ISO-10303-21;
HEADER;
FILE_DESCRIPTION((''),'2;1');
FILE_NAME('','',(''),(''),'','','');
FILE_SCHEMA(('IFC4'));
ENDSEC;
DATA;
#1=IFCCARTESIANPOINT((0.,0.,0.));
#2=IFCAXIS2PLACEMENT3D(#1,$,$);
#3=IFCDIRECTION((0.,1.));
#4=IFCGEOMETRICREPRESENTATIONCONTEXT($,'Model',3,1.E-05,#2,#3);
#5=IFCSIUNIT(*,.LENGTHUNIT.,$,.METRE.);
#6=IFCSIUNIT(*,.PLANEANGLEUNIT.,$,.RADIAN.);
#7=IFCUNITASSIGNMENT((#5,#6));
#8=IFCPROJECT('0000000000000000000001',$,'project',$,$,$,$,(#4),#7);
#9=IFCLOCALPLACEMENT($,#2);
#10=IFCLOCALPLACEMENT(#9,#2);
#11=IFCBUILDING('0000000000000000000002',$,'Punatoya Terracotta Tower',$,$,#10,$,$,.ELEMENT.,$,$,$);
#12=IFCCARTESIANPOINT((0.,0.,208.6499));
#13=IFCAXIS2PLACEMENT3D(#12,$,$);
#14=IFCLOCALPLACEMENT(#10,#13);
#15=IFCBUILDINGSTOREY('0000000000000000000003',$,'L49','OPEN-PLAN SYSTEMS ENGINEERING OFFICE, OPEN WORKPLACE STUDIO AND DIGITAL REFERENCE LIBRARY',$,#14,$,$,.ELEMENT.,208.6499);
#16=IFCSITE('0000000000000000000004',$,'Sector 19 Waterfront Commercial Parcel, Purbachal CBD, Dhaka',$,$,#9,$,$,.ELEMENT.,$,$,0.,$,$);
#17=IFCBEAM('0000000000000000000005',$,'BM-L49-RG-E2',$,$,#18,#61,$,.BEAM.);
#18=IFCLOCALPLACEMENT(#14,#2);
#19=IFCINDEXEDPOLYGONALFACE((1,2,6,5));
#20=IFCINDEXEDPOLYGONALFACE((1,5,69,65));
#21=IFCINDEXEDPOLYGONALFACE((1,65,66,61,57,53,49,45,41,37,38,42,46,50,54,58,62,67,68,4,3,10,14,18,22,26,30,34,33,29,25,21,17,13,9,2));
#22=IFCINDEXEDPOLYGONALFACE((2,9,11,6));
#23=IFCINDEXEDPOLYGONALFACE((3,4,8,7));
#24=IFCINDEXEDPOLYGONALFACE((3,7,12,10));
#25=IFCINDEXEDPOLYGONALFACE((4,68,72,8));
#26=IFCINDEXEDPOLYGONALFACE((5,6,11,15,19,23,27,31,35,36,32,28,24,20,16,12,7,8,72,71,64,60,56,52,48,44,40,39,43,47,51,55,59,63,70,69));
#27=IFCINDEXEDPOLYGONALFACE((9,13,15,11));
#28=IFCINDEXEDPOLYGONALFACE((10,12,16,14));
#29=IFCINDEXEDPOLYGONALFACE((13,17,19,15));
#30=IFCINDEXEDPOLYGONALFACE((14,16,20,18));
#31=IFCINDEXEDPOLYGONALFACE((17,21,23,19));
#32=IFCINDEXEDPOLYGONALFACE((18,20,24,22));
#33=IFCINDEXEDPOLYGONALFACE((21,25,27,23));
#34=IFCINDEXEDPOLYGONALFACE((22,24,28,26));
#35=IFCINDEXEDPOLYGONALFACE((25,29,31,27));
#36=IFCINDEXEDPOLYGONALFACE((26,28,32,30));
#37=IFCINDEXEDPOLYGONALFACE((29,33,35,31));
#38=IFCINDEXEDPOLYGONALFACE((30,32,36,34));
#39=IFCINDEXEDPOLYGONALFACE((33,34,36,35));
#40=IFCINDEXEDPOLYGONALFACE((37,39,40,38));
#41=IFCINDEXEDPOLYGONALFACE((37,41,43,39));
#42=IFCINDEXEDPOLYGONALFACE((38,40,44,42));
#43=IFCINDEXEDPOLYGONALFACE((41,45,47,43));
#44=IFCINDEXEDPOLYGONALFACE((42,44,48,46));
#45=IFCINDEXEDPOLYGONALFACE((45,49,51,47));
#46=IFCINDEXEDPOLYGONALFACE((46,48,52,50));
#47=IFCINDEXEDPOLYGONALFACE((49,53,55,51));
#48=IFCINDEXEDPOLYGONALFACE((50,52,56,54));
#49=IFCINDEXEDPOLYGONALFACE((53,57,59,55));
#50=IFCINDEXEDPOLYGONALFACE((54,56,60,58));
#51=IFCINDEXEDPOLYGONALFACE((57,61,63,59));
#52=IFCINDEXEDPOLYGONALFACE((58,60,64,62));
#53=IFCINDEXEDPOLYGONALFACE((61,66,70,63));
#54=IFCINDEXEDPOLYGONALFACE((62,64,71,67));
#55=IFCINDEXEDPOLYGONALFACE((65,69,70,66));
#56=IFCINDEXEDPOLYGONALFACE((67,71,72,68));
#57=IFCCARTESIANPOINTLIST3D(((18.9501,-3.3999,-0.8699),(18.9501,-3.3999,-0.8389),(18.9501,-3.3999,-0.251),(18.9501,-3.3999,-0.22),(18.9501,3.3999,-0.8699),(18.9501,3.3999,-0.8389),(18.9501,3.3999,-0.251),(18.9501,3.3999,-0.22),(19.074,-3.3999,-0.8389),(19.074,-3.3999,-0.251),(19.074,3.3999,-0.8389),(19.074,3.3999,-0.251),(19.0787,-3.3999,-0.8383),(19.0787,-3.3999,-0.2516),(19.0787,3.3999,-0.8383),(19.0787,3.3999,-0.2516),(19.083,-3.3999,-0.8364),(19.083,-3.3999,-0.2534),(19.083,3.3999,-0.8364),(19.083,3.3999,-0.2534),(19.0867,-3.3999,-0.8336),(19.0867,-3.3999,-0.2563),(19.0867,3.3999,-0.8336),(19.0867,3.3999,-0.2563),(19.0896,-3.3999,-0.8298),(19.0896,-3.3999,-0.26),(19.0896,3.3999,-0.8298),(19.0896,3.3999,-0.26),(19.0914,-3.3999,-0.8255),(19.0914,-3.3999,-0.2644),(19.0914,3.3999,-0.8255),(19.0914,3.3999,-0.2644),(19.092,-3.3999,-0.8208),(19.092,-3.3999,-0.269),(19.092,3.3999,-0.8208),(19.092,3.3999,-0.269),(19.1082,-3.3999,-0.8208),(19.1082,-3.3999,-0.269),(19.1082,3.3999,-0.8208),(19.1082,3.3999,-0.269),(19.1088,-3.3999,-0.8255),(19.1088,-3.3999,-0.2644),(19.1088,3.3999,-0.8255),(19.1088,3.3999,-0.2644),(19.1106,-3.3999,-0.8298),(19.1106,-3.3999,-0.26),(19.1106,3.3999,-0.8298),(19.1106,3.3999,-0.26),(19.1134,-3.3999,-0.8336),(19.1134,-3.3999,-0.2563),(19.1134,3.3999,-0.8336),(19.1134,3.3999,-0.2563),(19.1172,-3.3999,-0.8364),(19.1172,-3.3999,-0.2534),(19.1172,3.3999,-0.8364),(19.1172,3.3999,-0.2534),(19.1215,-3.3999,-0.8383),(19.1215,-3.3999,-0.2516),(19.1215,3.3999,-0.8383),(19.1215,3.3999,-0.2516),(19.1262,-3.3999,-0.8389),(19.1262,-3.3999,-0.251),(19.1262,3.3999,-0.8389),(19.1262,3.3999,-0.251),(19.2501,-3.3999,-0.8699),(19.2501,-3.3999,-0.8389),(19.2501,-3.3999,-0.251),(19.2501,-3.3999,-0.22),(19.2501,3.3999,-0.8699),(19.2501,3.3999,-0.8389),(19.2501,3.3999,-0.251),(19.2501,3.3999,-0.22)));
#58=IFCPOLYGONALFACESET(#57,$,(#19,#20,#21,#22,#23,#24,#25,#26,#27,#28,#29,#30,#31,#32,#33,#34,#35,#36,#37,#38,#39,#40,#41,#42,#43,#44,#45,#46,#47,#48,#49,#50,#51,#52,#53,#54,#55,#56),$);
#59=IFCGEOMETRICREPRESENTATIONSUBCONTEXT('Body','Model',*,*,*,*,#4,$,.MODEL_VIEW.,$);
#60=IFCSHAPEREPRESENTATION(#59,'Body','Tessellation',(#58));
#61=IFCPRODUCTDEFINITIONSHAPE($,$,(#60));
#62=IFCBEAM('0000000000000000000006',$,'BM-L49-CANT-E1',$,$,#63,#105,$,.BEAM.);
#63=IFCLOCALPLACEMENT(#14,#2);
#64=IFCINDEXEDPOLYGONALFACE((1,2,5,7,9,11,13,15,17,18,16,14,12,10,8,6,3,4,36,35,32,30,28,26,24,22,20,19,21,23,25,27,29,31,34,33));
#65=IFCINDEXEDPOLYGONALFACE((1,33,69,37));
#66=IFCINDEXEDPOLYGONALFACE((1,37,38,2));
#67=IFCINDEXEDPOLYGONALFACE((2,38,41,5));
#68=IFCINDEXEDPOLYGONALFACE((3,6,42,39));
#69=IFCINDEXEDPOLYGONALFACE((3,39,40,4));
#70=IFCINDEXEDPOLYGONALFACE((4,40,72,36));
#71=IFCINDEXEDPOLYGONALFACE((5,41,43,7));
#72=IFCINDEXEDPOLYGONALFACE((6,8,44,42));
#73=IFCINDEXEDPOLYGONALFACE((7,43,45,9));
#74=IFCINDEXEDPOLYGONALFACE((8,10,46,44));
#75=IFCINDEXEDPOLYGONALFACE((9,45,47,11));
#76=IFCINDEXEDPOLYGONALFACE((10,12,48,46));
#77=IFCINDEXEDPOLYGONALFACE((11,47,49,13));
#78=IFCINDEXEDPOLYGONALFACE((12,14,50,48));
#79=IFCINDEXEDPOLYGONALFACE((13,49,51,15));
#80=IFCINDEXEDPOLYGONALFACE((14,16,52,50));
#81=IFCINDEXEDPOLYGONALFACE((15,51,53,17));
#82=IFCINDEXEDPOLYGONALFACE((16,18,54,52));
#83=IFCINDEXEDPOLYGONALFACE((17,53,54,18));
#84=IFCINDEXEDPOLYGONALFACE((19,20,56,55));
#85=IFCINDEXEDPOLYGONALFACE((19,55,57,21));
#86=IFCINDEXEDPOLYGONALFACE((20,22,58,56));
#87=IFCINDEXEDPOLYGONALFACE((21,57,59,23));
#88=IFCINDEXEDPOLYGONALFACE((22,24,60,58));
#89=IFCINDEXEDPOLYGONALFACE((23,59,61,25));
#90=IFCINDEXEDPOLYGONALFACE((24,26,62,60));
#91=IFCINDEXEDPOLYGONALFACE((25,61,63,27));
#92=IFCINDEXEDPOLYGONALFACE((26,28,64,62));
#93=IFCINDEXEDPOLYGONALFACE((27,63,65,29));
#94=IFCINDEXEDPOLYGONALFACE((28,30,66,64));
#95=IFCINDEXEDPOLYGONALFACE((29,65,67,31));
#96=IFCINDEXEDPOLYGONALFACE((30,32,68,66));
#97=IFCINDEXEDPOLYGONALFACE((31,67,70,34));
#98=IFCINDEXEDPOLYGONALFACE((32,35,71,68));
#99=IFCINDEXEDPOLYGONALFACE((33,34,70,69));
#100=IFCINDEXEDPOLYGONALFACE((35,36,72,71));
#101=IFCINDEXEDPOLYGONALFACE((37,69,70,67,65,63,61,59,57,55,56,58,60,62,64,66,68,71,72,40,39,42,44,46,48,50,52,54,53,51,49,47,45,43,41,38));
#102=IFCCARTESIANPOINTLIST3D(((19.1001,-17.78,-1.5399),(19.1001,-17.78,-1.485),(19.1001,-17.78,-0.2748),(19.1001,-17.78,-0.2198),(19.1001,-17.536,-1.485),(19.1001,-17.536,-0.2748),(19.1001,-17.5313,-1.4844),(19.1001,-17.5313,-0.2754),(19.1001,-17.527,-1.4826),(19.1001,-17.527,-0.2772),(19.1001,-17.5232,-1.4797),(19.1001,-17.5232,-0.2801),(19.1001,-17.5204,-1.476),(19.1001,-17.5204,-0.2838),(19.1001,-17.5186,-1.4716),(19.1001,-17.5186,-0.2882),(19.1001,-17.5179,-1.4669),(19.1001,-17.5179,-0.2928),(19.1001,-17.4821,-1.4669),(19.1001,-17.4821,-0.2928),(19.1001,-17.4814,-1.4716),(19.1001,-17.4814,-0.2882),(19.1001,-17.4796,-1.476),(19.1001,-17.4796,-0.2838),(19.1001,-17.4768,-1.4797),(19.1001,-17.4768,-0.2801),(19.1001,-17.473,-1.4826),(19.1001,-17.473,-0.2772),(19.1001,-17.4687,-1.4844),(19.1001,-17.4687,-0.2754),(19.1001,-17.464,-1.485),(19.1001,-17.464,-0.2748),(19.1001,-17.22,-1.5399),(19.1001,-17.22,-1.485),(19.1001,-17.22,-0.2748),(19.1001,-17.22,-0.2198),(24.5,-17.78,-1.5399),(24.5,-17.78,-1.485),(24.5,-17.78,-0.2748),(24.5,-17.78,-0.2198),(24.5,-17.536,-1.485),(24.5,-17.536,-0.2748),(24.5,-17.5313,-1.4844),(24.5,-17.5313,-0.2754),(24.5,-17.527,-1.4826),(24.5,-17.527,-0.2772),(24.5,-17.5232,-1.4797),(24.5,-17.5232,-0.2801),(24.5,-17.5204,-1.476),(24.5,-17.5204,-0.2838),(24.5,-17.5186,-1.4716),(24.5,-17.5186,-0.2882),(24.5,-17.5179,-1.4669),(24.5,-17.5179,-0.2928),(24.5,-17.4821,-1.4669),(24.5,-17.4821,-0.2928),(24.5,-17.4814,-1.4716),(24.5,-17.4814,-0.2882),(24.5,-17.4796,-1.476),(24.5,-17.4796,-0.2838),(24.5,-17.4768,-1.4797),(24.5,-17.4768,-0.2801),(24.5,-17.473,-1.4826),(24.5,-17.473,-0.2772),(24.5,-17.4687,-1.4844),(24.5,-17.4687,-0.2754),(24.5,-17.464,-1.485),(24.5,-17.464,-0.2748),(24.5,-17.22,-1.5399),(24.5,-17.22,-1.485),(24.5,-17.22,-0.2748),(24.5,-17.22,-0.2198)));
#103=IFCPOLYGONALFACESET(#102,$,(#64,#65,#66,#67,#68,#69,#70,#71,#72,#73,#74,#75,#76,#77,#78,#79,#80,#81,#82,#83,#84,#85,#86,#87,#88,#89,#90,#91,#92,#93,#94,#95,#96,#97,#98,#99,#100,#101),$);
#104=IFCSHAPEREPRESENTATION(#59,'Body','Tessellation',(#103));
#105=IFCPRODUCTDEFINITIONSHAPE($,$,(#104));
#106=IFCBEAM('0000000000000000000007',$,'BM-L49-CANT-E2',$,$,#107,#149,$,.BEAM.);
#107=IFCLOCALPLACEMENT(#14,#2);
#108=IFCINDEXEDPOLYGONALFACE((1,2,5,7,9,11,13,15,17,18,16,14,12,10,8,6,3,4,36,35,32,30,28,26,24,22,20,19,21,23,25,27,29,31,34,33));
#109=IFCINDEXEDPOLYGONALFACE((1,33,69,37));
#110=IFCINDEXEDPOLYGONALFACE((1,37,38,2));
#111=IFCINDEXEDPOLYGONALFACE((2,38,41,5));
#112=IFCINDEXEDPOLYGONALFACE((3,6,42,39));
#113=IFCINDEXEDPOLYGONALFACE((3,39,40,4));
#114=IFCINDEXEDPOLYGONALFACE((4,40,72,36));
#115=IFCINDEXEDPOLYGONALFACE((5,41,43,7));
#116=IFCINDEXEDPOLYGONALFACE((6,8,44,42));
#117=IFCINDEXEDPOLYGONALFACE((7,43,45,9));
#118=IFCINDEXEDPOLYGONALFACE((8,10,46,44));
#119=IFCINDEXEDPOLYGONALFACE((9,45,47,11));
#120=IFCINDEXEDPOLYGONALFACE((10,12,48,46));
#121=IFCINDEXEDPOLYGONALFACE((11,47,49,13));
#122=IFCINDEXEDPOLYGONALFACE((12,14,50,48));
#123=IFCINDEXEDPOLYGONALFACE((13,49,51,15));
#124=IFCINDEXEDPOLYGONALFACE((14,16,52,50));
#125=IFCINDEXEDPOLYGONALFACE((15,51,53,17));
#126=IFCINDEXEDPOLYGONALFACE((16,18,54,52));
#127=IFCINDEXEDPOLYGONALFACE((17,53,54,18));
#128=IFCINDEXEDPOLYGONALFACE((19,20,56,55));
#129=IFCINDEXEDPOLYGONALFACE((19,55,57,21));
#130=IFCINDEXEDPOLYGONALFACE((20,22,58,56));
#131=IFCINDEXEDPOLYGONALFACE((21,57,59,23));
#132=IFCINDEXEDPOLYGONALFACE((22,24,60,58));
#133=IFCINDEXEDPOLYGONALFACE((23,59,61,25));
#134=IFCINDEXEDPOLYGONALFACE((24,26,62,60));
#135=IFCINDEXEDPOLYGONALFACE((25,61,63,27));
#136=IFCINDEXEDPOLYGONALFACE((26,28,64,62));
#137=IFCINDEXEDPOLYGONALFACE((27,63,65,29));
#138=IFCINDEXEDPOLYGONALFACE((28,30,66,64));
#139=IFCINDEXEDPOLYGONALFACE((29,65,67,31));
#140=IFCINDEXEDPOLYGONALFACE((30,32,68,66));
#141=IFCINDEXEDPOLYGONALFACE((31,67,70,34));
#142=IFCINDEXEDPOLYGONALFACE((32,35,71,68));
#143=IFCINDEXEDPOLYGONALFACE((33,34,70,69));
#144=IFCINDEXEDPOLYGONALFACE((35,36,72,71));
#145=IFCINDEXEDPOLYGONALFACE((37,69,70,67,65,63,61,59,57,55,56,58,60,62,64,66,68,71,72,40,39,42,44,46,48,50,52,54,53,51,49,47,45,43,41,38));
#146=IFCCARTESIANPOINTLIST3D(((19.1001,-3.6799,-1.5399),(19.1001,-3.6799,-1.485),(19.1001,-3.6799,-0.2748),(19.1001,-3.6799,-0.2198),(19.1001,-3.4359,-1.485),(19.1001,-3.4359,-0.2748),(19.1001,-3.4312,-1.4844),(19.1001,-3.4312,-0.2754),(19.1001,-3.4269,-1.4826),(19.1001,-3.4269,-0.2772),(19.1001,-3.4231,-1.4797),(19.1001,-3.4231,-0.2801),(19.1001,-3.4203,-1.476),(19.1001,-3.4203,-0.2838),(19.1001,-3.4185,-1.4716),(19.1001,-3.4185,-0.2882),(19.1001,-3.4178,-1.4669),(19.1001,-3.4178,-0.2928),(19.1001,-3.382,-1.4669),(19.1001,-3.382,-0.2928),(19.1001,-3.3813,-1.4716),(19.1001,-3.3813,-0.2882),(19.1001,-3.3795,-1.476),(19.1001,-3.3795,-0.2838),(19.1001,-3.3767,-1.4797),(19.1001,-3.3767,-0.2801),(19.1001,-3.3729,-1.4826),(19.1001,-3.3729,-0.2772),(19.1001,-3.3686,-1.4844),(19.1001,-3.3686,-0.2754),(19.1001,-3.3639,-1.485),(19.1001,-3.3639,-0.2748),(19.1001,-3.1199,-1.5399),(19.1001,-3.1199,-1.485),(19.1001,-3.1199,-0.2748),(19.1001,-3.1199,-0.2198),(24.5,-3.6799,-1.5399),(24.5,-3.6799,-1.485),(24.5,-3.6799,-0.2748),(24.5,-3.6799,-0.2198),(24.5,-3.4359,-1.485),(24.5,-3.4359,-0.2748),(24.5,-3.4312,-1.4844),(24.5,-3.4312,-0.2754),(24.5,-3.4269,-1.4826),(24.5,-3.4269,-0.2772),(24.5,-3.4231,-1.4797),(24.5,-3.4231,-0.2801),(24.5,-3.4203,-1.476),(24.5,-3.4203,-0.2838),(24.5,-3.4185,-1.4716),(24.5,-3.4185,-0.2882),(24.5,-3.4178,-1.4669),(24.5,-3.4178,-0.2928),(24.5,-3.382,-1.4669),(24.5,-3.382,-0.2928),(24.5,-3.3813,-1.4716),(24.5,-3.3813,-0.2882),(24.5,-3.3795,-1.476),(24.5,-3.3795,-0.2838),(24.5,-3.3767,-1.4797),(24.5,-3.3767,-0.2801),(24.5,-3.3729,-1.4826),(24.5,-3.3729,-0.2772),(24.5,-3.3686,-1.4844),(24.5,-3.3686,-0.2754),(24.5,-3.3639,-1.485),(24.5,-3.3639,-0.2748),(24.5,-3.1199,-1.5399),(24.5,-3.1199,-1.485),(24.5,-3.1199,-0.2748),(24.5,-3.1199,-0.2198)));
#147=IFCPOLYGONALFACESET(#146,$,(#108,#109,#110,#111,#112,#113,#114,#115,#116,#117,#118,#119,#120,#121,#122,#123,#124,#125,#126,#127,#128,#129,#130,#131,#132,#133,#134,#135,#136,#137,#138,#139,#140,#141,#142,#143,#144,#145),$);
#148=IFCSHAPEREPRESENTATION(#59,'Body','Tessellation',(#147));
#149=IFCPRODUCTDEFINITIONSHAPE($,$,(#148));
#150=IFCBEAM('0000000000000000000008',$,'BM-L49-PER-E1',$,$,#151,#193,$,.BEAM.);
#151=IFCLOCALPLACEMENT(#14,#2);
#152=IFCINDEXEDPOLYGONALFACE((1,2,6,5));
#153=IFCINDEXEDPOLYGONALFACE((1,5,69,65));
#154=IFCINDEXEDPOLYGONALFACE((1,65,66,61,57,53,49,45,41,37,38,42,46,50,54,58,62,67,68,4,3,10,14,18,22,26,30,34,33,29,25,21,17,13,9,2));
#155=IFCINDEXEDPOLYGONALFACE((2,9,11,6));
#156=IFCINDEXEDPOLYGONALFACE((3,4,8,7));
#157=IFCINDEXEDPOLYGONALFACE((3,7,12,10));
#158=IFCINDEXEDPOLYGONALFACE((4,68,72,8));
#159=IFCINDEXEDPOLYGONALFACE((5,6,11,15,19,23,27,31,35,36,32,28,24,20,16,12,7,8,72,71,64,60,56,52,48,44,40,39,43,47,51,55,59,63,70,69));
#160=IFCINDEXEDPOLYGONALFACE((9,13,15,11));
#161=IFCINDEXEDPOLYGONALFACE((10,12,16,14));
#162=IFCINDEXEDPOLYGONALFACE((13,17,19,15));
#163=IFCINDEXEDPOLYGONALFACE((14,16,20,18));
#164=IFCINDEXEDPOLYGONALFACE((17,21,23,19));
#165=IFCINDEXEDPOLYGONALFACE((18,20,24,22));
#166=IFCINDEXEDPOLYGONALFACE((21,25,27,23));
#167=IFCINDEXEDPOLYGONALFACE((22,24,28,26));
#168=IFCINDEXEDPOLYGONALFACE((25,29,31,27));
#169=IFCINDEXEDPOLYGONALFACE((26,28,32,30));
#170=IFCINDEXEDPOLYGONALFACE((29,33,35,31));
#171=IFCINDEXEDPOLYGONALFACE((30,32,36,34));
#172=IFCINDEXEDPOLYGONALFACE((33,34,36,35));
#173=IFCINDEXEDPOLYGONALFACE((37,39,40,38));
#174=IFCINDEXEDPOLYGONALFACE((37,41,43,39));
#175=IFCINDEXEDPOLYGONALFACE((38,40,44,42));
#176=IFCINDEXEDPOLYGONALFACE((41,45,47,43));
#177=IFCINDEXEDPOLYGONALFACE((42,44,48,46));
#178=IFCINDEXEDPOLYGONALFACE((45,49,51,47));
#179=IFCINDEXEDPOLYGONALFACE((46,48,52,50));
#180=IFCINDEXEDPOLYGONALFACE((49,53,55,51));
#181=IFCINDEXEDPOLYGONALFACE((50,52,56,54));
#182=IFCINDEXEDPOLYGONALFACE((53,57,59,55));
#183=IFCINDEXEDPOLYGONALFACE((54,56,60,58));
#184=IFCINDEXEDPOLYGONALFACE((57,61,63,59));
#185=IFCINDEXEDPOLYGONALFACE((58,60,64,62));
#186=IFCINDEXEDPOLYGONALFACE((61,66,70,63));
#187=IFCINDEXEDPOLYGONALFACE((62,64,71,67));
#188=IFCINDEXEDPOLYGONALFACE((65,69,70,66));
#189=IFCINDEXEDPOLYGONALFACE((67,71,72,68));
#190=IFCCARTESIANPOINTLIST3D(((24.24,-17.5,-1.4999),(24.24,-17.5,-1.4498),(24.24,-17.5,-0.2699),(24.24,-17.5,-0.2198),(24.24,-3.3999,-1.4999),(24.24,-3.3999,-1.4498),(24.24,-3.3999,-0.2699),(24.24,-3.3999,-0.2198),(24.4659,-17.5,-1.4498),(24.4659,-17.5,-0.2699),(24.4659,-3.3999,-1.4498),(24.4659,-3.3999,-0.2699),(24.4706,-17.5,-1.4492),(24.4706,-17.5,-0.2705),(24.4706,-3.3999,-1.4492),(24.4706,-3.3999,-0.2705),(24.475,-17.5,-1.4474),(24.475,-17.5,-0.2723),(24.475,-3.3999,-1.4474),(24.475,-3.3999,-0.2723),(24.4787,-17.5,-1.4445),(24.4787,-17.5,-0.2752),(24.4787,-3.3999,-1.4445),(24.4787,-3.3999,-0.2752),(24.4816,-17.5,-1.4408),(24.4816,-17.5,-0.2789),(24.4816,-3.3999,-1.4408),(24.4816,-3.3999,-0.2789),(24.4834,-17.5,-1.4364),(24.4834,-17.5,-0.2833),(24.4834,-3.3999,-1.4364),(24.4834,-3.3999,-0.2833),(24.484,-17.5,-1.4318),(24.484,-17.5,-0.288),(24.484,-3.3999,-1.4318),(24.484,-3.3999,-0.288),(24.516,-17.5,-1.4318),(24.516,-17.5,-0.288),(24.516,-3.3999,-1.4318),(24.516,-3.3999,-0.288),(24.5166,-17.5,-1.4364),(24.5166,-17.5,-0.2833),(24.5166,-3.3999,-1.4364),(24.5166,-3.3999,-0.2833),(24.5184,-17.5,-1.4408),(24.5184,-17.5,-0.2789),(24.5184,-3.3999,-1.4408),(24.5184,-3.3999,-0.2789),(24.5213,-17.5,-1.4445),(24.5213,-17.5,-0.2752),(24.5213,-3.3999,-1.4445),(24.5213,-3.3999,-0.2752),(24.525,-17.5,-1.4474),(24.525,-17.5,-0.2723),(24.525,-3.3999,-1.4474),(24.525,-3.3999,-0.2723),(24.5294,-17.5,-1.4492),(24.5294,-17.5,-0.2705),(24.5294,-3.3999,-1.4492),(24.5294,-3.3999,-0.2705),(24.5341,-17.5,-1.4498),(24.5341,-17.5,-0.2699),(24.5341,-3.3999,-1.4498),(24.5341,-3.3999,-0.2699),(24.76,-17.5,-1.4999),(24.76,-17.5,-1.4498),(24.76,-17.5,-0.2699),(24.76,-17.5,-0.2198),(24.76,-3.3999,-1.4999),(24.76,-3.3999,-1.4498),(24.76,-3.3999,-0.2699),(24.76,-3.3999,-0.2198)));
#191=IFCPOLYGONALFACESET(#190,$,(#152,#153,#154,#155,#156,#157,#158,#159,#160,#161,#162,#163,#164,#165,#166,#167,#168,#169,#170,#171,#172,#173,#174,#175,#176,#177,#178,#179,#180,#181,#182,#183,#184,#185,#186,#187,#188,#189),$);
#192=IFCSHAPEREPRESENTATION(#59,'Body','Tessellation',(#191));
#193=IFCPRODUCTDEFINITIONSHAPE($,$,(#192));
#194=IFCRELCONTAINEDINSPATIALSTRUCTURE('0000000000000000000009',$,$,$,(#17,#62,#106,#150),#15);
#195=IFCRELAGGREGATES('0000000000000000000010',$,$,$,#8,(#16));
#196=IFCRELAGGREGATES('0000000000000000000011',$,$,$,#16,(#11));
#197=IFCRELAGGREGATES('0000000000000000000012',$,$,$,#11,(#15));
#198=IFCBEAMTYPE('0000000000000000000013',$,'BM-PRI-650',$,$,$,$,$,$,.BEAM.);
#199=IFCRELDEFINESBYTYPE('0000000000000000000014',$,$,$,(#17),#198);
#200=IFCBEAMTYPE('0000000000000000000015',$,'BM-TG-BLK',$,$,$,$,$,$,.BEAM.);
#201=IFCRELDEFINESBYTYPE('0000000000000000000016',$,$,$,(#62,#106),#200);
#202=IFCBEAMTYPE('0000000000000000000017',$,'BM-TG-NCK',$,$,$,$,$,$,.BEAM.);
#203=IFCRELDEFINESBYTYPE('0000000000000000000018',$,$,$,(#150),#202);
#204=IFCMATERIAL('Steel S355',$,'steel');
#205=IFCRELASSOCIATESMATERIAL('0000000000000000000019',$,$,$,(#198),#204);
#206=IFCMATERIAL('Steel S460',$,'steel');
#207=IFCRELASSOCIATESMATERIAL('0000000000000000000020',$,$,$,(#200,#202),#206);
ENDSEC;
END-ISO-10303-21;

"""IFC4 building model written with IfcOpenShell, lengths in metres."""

from ifc_helpers import new_model, si_unit, direction, frame, origin, origin_2d, place, context, subcontext, project, spatial, i_section, extrude, material, material_profile, profile_set, type_object, element, save


model = new_model("IFC4")

# Units and contexts
model_context = context("Model", 3, precision=1e-05, world=origin(), true_north=direction((0.0, 1.0)))
body_context = subcontext(model_context, "Body", "Model", "MODEL_VIEW")
ifc_project = project(units=[si_unit("LENGTHUNIT", "METRE"), si_unit("PLANEANGLEUNIT", "RADIAN")], contexts=[model_context])

# Site, building, storey
site_placement = place(None, origin())
site = spatial("IfcSite", under=ifc_project, at=site_placement, Name="Sector 19 Waterfront Commercial Parcel, Purbachal CBD, Dhaka", CompositionType="ELEMENT", RefElevation=0.0)
building_placement = place(site_placement, origin())
building = spatial("IfcBuilding", under=site, at=building_placement, Name="Punatoya Terracotta Tower", CompositionType="ELEMENT")
storey_placement = place(building_placement, frame((0.0, 0.0, 208.6499)))
storey = spatial("IfcBuildingStorey", under=building, at=storey_placement, Name="L49", Description="OPEN-PLAN SYSTEMS ENGINEERING OFFICE, OPEN WORKPLACE STUDIO AND DIGITAL REFERENCE LIBRARY", CompositionType="ELEMENT", Elevation=208.6499)

# Shared definitions
ifc_material_1 = material(Name="Steel S460", Category="steel")

# Beams
ifc_material_2 = material(Name="Steel S355", Category="steel")
ifc_material_profile_1 = material_profile(ifc_material_2, i_section(OverallWidth=0.3, OverallDepth=0.6499, WebThickness=0.0161, FlangeThickness=0.031, FilletRadius=0.0181, at=origin_2d()))
ifc_profile_set_1 = profile_set([ifc_material_profile_1], Name="Steel S355")
beam_type_1 = type_object("IfcBeamType", Name="BM-PRI-650", PredefinedType="BEAM", material=ifc_profile_set_1)
beam_1_placement = place(storey_placement, frame((19.1001, -3.3999, -0.5449), z_axis=(0.0, 1.0, 0.0), x_axis=(-1.0, 0.0, 0.0)))
element("IfcBeam", 1, at=beam_1_placement, inside=storey, type_object=beam_type_1, Name="BM-L49-RG-E2", PredefinedType="BEAM", context=body_context, shape_type="SweptSolid", body=[
    extrude(i_section(OverallWidth=0.3, OverallDepth=0.6499, WebThickness=0.0161, FlangeThickness=0.031, FilletRadius=0.0181, at=origin_2d()), origin(), (0.0, 0.0, 1.0), 6.7998),
])
ifc_material_profile_2 = material_profile(ifc_material_1, i_section(OverallWidth=0.5601, OverallDepth=1.3201, WebThickness=0.0359, FlangeThickness=0.0549, FilletRadius=0.0181, at=origin_2d()))
ifc_profile_set_2 = profile_set([ifc_material_profile_2], Name="Steel S460")
beam_type_2 = type_object("IfcBeamType", Name="BM-TG-BLK", PredefinedType="BEAM", material=ifc_profile_set_2)
for number, where, z_axis, x_axis, name in (
    (2, (19.1001, -17.5, -0.8799), (1.0, 0.0, 0.0), (0.0, 1.0, 0.0), "BM-L49-CANT-E1"),
    (3, (19.1001, -3.3999, -0.8799), (1.0, 0.0, 0.0), (0.0, 1.0, 0.0), "BM-L49-CANT-E2"),
):
    element("IfcBeam", number, at=place(storey_placement, frame(where, z_axis=z_axis, x_axis=x_axis)), inside=storey, type_object=beam_type_2, Name=name, PredefinedType="BEAM", context=body_context, shape_type="SweptSolid", body=[
        extrude(i_section(OverallWidth=0.5601, OverallDepth=1.3201, WebThickness=0.0359, FlangeThickness=0.0549, FilletRadius=0.0181, at=origin_2d()), origin(), (0.0, 0.0, 1.0), 5.3999),
    ])
ifc_material_profile_3 = material_profile(ifc_material_1, i_section(OverallWidth=0.52, OverallDepth=1.28, WebThickness=0.032, FlangeThickness=0.05, FilletRadius=0.0181, at=origin_2d()))
ifc_profile_set_3 = profile_set([ifc_material_profile_3], Name="Steel S460")
beam_type_3 = type_object("IfcBeamType", Name="BM-TG-NCK", PredefinedType="BEAM", material=ifc_profile_set_3)
beam_2_placement = place(storey_placement, frame((24.5, -17.5, -0.8599), z_axis=(0.0, 1.0, 0.0), x_axis=(-1.0, 0.0, 0.0)))
element("IfcBeam", 4, at=beam_2_placement, inside=storey, type_object=beam_type_3, Name="BM-L49-PER-E1", PredefinedType="BEAM", context=body_context, shape_type="SweptSolid", body=[
    extrude(i_section(OverallWidth=0.52, OverallDepth=1.28, WebThickness=0.032, FlangeThickness=0.05, FilletRadius=0.0181, at=origin_2d()), origin(), (0.0, 0.0, 1.0), 14.1001),
])

save(model, "model.ifc")
